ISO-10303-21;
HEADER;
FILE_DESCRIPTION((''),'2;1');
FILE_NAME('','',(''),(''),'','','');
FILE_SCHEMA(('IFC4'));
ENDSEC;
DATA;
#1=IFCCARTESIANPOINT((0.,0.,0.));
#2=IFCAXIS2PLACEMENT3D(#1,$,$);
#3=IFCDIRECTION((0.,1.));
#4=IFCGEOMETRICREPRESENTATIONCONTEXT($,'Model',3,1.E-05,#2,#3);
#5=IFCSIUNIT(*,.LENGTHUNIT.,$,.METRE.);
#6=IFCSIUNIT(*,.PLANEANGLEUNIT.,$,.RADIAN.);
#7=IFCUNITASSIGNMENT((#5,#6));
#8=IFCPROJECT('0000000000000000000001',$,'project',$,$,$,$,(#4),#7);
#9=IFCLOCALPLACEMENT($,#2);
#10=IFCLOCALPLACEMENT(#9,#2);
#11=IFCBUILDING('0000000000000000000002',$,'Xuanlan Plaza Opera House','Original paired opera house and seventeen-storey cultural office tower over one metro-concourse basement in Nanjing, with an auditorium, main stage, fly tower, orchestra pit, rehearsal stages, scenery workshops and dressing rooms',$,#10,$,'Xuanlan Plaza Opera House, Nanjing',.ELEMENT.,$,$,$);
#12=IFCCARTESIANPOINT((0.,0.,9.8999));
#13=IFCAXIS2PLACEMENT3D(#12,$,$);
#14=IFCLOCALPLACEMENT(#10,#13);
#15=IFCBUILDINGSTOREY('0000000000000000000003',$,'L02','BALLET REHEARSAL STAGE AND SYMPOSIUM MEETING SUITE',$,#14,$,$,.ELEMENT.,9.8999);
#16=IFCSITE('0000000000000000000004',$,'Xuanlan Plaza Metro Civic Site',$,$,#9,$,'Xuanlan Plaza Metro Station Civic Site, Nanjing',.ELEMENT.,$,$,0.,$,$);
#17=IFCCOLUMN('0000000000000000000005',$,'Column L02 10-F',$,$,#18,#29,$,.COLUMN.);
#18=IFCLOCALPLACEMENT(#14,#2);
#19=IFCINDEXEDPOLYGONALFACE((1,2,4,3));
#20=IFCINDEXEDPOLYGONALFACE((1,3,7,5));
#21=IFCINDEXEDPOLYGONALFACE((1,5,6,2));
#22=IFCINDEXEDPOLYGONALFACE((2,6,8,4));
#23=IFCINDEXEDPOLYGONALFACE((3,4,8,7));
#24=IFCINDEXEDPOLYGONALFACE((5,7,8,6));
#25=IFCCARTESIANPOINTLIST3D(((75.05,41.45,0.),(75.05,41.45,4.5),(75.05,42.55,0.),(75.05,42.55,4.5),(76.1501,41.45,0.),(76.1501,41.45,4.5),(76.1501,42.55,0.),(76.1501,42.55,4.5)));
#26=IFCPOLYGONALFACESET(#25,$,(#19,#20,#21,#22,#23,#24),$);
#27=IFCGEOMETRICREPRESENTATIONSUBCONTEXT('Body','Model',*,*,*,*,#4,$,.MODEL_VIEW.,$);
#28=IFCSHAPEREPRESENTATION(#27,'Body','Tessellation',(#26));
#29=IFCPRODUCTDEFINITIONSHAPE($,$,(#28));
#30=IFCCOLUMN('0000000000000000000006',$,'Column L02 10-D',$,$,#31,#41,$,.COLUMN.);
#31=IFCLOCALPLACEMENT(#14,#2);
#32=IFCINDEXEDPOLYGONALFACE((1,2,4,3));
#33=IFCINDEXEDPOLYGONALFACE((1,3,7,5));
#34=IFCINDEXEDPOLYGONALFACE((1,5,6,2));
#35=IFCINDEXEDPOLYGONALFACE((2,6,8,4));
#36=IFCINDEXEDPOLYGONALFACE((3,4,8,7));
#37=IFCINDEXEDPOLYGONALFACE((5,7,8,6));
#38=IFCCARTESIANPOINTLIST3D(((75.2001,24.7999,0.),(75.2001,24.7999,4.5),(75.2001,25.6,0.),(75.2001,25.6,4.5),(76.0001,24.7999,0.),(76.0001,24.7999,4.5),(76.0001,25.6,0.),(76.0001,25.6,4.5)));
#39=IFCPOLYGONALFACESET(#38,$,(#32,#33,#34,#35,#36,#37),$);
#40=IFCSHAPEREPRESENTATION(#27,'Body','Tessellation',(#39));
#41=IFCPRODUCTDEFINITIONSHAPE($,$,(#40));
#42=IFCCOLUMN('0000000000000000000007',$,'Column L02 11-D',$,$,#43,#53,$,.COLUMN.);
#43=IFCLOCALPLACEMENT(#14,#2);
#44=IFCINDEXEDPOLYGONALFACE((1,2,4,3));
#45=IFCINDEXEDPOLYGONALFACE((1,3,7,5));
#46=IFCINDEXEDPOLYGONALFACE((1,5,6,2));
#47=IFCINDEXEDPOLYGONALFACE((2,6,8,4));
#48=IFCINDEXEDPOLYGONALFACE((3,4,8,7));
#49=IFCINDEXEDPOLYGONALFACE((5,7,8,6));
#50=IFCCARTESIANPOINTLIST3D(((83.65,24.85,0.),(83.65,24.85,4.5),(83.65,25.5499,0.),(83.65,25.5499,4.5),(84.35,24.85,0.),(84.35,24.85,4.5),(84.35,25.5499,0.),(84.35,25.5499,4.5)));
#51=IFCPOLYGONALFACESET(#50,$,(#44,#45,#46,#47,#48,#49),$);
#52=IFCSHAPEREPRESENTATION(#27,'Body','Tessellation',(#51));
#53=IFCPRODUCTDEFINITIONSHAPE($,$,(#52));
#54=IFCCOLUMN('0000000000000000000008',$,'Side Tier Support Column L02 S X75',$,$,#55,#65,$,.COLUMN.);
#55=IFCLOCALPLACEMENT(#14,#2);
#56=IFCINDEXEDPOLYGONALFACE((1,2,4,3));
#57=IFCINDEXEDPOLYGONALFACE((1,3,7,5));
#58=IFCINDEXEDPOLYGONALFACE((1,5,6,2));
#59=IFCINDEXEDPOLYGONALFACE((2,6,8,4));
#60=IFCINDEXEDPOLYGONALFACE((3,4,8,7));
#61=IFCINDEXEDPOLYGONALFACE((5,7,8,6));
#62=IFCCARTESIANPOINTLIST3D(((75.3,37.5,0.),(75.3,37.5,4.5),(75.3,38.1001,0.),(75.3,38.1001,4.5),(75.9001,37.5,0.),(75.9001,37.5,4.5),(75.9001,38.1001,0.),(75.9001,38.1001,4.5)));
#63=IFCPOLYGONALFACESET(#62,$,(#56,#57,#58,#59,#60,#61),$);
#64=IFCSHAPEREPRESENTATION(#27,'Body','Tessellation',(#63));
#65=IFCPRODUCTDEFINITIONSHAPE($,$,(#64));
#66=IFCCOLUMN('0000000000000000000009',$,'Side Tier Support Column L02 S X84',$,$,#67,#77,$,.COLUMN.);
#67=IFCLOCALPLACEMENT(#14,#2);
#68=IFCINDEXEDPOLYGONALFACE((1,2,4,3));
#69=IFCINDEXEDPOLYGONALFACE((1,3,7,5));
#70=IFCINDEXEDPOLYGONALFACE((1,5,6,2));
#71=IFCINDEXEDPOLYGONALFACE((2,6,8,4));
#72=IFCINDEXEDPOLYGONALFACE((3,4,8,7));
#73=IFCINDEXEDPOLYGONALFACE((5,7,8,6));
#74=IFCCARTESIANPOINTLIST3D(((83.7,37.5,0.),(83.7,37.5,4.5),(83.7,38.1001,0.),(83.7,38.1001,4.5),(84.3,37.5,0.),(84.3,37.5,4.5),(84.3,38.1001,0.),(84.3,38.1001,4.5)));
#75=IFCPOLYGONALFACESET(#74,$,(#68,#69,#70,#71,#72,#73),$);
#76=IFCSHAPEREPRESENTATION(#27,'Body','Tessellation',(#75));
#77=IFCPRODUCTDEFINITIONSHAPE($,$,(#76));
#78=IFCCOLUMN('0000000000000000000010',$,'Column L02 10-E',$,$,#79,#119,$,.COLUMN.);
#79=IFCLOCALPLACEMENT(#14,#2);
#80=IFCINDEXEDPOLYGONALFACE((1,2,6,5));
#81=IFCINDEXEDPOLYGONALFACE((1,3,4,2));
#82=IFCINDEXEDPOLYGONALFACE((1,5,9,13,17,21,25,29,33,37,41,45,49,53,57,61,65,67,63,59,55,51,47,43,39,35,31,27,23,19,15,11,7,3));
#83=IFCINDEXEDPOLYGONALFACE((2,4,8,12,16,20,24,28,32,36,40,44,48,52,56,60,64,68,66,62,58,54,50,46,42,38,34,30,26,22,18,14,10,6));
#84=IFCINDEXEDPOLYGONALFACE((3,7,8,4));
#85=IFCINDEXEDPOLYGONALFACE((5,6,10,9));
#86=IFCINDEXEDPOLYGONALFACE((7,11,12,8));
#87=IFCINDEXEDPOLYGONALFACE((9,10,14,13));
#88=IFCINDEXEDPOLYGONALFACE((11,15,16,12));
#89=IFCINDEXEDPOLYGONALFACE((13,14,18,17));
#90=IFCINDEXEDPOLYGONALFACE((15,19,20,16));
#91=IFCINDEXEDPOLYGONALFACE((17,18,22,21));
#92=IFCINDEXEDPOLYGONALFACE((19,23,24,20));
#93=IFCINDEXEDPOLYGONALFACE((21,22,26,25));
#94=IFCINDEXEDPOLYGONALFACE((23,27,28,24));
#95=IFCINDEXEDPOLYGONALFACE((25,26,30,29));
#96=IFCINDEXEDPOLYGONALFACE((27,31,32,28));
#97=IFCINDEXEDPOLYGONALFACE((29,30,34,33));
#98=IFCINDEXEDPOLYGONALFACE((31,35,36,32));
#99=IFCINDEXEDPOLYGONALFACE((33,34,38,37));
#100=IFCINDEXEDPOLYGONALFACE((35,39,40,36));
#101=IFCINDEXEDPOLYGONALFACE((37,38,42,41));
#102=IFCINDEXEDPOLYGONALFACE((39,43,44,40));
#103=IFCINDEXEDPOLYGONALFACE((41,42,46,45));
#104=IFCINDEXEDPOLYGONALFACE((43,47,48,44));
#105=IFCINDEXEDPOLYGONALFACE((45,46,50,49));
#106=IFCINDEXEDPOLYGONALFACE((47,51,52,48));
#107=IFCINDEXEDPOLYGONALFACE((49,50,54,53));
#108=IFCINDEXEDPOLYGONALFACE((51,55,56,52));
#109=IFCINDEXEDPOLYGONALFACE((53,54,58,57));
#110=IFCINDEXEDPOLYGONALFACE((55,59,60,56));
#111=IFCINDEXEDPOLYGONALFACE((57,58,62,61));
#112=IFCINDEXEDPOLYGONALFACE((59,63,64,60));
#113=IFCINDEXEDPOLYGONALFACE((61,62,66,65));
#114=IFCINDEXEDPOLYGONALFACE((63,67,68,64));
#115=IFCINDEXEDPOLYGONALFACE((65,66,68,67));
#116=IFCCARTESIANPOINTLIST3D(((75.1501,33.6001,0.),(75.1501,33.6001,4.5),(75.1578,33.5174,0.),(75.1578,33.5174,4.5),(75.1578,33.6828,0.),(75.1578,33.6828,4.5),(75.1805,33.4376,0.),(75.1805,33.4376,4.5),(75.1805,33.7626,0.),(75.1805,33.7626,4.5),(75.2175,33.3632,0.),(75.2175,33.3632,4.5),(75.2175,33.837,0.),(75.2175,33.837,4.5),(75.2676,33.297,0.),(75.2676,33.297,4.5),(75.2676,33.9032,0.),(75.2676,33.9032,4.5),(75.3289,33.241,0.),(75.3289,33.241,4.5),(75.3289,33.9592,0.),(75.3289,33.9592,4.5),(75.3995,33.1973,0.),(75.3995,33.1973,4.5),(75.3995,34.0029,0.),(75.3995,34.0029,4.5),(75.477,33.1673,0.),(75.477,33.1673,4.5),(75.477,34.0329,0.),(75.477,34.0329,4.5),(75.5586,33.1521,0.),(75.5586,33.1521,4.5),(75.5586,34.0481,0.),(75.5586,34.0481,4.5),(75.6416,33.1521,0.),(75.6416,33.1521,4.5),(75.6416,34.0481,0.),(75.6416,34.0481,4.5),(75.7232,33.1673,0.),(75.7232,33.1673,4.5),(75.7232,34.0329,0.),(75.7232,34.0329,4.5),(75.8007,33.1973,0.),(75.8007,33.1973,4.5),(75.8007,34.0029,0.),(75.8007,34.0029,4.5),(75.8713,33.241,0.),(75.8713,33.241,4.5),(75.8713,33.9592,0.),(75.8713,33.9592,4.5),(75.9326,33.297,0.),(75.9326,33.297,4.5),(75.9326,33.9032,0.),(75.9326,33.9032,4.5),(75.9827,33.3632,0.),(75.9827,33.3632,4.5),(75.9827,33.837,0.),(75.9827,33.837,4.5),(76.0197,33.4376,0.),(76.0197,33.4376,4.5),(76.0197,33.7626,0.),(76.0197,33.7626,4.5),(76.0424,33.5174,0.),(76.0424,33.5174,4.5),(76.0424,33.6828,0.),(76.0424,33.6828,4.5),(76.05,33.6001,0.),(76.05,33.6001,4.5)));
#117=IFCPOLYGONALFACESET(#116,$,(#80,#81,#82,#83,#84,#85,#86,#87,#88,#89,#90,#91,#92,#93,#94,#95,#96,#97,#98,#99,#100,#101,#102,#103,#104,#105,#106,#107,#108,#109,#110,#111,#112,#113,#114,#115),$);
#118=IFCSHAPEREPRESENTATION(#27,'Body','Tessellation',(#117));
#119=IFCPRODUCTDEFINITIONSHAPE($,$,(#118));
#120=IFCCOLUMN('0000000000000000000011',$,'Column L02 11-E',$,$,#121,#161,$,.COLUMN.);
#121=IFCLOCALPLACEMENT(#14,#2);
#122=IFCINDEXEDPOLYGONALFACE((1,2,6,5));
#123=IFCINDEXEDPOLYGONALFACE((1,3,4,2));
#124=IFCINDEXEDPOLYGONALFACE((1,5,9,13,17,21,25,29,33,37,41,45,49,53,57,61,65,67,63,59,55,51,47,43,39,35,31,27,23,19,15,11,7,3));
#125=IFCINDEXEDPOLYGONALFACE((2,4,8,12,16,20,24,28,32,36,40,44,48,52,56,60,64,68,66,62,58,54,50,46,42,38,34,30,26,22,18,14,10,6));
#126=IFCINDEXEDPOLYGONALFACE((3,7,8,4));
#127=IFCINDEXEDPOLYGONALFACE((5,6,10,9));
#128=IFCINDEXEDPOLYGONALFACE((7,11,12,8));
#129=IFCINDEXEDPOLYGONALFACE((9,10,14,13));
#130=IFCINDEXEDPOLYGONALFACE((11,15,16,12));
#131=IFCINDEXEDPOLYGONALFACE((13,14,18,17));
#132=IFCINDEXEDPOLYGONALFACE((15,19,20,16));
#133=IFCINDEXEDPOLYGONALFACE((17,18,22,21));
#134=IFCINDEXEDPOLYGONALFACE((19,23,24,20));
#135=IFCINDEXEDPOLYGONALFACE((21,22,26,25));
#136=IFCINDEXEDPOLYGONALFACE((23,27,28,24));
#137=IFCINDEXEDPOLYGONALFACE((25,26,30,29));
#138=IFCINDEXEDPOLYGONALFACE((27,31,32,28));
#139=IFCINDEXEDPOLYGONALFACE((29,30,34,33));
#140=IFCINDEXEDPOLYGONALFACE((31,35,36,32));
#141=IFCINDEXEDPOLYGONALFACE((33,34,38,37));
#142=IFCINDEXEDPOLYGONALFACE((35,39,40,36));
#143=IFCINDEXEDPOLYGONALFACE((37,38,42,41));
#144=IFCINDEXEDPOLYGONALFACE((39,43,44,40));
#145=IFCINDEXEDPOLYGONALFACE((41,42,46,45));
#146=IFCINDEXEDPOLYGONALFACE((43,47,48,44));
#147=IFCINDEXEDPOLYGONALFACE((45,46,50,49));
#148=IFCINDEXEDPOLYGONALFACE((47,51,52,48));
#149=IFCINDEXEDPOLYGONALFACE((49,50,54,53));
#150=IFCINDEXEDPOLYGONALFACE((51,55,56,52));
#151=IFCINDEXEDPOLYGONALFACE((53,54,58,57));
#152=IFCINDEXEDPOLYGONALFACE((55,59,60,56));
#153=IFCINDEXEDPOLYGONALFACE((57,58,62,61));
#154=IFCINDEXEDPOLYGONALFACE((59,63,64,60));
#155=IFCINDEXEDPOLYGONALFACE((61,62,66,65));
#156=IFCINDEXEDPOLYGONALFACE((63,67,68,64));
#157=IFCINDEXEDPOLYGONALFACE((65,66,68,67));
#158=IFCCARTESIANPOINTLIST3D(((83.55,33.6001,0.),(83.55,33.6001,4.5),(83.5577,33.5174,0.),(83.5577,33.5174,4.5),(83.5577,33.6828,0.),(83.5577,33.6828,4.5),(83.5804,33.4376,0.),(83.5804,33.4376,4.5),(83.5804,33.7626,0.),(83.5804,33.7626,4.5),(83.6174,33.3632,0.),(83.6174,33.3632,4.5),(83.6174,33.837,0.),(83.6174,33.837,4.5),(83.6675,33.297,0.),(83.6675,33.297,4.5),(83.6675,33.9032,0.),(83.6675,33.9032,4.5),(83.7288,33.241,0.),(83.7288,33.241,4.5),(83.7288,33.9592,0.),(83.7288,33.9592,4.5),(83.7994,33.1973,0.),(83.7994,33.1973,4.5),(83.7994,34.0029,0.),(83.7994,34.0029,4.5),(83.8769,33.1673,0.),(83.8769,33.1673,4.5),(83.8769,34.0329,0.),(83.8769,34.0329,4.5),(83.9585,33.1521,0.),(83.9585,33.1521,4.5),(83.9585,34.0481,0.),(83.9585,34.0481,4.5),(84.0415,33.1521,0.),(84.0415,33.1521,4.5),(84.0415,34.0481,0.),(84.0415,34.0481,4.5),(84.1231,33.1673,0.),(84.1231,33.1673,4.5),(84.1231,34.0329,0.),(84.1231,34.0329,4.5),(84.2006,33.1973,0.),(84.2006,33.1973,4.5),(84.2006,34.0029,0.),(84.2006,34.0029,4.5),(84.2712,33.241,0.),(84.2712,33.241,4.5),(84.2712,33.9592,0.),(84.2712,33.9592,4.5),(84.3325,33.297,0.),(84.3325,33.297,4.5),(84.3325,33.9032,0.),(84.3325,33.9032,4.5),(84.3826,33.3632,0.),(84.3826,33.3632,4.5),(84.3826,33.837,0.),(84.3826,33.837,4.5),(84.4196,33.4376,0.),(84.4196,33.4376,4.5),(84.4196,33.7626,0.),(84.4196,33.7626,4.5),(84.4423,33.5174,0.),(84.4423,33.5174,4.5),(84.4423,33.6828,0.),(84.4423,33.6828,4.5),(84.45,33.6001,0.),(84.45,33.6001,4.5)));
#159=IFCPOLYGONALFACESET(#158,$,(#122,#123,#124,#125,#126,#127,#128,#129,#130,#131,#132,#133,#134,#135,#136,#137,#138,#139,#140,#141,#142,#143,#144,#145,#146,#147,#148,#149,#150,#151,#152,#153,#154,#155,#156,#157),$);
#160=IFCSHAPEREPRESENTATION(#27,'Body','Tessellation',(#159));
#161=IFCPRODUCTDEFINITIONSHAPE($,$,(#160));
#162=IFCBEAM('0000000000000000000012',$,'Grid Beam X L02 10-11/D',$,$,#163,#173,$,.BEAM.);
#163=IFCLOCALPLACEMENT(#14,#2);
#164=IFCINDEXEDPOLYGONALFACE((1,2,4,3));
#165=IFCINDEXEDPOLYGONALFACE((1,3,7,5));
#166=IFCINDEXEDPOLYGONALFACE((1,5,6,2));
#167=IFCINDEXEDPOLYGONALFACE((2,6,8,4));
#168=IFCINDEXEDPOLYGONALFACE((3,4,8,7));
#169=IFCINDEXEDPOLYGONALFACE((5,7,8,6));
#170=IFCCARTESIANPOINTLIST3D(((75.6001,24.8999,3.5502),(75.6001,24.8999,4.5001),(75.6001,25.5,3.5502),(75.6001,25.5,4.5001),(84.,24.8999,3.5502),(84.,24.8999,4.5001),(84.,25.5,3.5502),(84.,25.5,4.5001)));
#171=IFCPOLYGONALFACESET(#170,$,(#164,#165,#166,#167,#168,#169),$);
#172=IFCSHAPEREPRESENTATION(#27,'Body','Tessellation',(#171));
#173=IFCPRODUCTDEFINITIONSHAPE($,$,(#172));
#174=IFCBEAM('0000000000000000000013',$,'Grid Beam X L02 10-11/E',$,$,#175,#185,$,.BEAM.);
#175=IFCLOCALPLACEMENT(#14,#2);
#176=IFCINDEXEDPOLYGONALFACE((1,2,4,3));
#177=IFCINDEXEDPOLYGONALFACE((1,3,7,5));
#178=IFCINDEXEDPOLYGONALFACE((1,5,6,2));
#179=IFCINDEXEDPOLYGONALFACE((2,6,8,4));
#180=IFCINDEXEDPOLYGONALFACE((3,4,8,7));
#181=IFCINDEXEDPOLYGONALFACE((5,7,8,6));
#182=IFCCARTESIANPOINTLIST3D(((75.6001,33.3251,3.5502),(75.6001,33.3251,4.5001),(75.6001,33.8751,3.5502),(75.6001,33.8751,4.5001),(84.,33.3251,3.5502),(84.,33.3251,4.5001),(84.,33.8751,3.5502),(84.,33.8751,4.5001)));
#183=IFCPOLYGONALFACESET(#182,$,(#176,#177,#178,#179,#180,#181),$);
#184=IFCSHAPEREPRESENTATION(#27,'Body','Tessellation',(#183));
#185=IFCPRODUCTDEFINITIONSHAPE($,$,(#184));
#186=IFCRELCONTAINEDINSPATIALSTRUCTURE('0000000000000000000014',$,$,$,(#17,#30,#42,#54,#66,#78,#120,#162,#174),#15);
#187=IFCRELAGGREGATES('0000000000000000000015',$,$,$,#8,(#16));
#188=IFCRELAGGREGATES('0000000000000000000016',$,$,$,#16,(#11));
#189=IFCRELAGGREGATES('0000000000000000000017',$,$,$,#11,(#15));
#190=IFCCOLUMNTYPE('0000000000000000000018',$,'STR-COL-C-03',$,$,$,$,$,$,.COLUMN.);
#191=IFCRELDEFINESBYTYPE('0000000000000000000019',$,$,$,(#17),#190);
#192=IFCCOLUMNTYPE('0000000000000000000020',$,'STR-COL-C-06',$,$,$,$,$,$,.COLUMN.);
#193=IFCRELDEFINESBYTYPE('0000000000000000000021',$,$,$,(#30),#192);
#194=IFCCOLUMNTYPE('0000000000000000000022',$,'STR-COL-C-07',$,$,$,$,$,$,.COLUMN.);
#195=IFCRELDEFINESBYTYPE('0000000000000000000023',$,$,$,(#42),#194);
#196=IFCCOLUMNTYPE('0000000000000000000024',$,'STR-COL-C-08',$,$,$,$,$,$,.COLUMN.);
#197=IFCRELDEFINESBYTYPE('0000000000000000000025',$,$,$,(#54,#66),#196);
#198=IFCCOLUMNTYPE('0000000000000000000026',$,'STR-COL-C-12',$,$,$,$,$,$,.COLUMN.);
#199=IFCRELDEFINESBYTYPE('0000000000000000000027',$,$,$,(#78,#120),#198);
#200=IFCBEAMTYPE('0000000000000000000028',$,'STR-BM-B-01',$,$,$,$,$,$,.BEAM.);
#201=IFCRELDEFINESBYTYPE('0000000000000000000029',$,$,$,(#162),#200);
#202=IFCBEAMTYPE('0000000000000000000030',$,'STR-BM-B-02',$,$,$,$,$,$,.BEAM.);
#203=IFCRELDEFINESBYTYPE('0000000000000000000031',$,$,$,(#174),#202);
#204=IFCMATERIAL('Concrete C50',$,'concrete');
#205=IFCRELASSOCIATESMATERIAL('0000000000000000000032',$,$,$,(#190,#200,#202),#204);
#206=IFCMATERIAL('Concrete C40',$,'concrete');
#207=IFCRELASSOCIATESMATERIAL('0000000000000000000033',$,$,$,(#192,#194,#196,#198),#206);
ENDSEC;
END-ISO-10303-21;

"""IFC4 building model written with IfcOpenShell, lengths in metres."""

from ifc_helpers import new_model, si_unit, direction, frame, origin, origin_2d, place, context, subcontext, project, spatial, rectangle, circle, extrude, material, material_profile, profile_set, type_object, element, save


model = new_model("IFC4")

# Units and contexts
model_context = context("Model", 3, precision=1e-05, world=origin(), true_north=direction((0.0, 1.0)))
body_context = subcontext(model_context, "Body", "Model", "MODEL_VIEW")
ifc_project = project(units=[si_unit("LENGTHUNIT", "METRE"), si_unit("PLANEANGLEUNIT", "RADIAN")], contexts=[model_context])

# Site, building, storey
site_placement = place(None, origin())
site = spatial("IfcSite", under=ifc_project, at=site_placement, Name="Xuanlan Plaza Metro Civic Site", LongName="Xuanlan Plaza Metro Station Civic Site, Nanjing", CompositionType="ELEMENT", RefElevation=0.0)
building_placement = place(site_placement, origin())
building = spatial("IfcBuilding", under=site, at=building_placement, Name="Xuanlan Plaza Opera House", Description="Original paired opera house and seventeen-storey cultural office tower over one metro-concourse basement in Nanjing, with an auditorium, main stage, fly tower, orchestra pit, rehearsal stages, scenery workshops and dressing rooms", LongName="Xuanlan Plaza Opera House, Nanjing", CompositionType="ELEMENT")
storey_placement = place(building_placement, frame((0.0, 0.0, 9.8999)))
storey = spatial("IfcBuildingStorey", under=building, at=storey_placement, Name="L02", Description="BALLET REHEARSAL STAGE AND SYMPOSIUM MEETING SUITE", CompositionType="ELEMENT", Elevation=9.8999)

# Columns
ifc_material_1 = material(Name="Concrete C50", Category="concrete")
ifc_material_profile_1 = material_profile(ifc_material_1, rectangle(XDim=1.1001, YDim=1.1001, at=origin_2d()), Name="RC-COL 1100x1100")
ifc_profile_set_1 = profile_set([ifc_material_profile_1], Name="Concrete C50")
column_type_1 = type_object("IfcColumnType", Name="STR-COL-C-03", PredefinedType="COLUMN", material=ifc_profile_set_1)
column_1_placement = place(storey_placement, frame((75.6001, 42.0, 0.0), z_axis=(0.0, 0.0, 1.0), x_axis=(1.0, 0.0, 0.0)))
element("IfcColumn", 1, at=column_1_placement, inside=storey, type_object=column_type_1, Name="Column L02 10-F", PredefinedType="COLUMN", context=body_context, shape_type="SweptSolid", body=[
    extrude(rectangle(XDim=1.1001, YDim=1.1001, at=origin_2d()), origin(), (0.0, 0.0, 1.0), 4.5),
])
ifc_material_2 = material(Name="Concrete C40", Category="concrete")
ifc_material_profile_2 = material_profile(ifc_material_2, rectangle(XDim=0.8, YDim=0.8, at=origin_2d()), Name="RC-COL 800x800")
ifc_profile_set_2 = profile_set([ifc_material_profile_2], Name="Concrete C40")
column_type_2 = type_object("IfcColumnType", Name="STR-COL-C-06", PredefinedType="COLUMN", material=ifc_profile_set_2)
column_2_placement = place(storey_placement, frame((75.6001, 25.2, 0.0), z_axis=(0.0, 0.0, 1.0), x_axis=(1.0, 0.0, 0.0)))
element("IfcColumn", 2, at=column_2_placement, inside=storey, type_object=column_type_2, Name="Column L02 10-D", PredefinedType="COLUMN", context=body_context, shape_type="SweptSolid", body=[
    extrude(rectangle(XDim=0.8, YDim=0.8, at=origin_2d()), origin(), (0.0, 0.0, 1.0), 4.5),
])
ifc_material_profile_3 = material_profile(ifc_material_2, rectangle(XDim=0.7, YDim=0.7, at=origin_2d()), Name="RC-COL 700x700")
ifc_profile_set_3 = profile_set([ifc_material_profile_3], Name="Concrete C40")
column_type_3 = type_object("IfcColumnType", Name="STR-COL-C-07", PredefinedType="COLUMN", material=ifc_profile_set_3)
column_3_placement = place(storey_placement, frame((84.0, 25.2, 0.0), z_axis=(0.0, 0.0, 1.0), x_axis=(1.0, 0.0, 0.0)))
element("IfcColumn", 3, at=column_3_placement, inside=storey, type_object=column_type_3, Name="Column L02 11-D", PredefinedType="COLUMN", context=body_context, shape_type="SweptSolid", body=[
    extrude(rectangle(XDim=0.7, YDim=0.7, at=origin_2d()), origin(), (0.0, 0.0, 1.0), 4.5),
])
ifc_material_profile_4 = material_profile(ifc_material_2, rectangle(XDim=0.6001, YDim=0.6001, at=origin_2d()), Name="RC-COL 600x600")
ifc_profile_set_4 = profile_set([ifc_material_profile_4], Name="Concrete C40")
column_type_4 = type_object("IfcColumnType", Name="STR-COL-C-08", PredefinedType="COLUMN", material=ifc_profile_set_4)
for number, where, z_axis, x_axis, name in (
    (4, (75.6001, 37.8, 0.0), (0.0, 0.0, 1.0), (1.0, 0.0, 0.0), "Side Tier Support Column L02 S X75"),
    (5, (84.0, 37.8, 0.0), (0.0, 0.0, 1.0), (1.0, 0.0, 0.0), "Side Tier Support Column L02 S X84"),
):
    element("IfcColumn", number, at=place(storey_placement, frame(where, z_axis=z_axis, x_axis=x_axis)), inside=storey, type_object=column_type_4, Name=name, PredefinedType="COLUMN", context=body_context, shape_type="SweptSolid", body=[
        extrude(rectangle(XDim=0.6001, YDim=0.6001, at=origin_2d()), origin(), (0.0, 0.0, 1.0), 4.5),
    ])
ifc_material_profile_5 = material_profile(ifc_material_2, circle(Radius=0.45, at=origin_2d()), Name="RC-COL D900")
ifc_profile_set_5 = profile_set([ifc_material_profile_5], Name="Concrete C40")
column_type_5 = type_object("IfcColumnType", Name="STR-COL-C-12", PredefinedType="COLUMN", material=ifc_profile_set_5)
for number, where, z_axis, x_axis, name in (
    (6, (75.6001, 33.6001, 0.0), (0.0, 0.0, 1.0), (1.0, 0.0, 0.0), "Column L02 10-E"),
    (7, (84.0, 33.6001, 0.0), (0.0, 0.0, 1.0), (1.0, 0.0, 0.0), "Column L02 11-E"),
):
    element("IfcColumn", number, at=place(storey_placement, frame(where, z_axis=z_axis, x_axis=x_axis)), inside=storey, type_object=column_type_5, Name=name, PredefinedType="COLUMN", context=body_context, shape_type="SweptSolid", body=[
        extrude(circle(Radius=0.45, at=origin_2d()), origin(), (0.0, 0.0, 1.0), 4.5),
    ])

# Beams
ifc_material_profile_6 = material_profile(ifc_material_1, rectangle(XDim=0.6001, YDim=0.95, at=origin_2d()), Name="RC-BM 600x950")
ifc_profile_set_6 = profile_set([ifc_material_profile_6], Name="Concrete C50")
beam_type_1 = type_object("IfcBeamType", Name="STR-BM-B-01", PredefinedType="BEAM", material=ifc_profile_set_6)
beam_1_placement = place(storey_placement, frame((75.6001, 25.2, 4.0251), z_axis=(1.0, 0.0, 0.0), x_axis=(0.0, 1.0, 0.0)))
element("IfcBeam", 8, at=beam_1_placement, inside=storey, type_object=beam_type_1, Name="Grid Beam X L02 10-11/D", PredefinedType="BEAM", context=body_context, shape_type="SweptSolid", body=[
    extrude(rectangle(XDim=0.6001, YDim=0.95, at=origin_2d()), origin(), (0.0, 0.0, 1.0), 8.3999),
])
ifc_material_profile_7 = material_profile(ifc_material_1, rectangle(XDim=0.55, YDim=0.95, at=origin_2d()), Name="RC-BM 550x950")
ifc_profile_set_7 = profile_set([ifc_material_profile_7], Name="Concrete C50")
beam_type_2 = type_object("IfcBeamType", Name="STR-BM-B-02", PredefinedType="BEAM", material=ifc_profile_set_7)
beam_2_placement = place(storey_placement, frame((75.6001, 33.6001, 4.0251), z_axis=(1.0, 0.0, 0.0), x_axis=(0.0, 1.0, 0.0)))
element("IfcBeam", 9, at=beam_2_placement, inside=storey, type_object=beam_type_2, Name="Grid Beam X L02 10-11/E", PredefinedType="BEAM", context=body_context, shape_type="SweptSolid", body=[
    extrude(rectangle(XDim=0.55, YDim=0.95, at=origin_2d()), origin(), (0.0, 0.0, 1.0), 8.3999),
])

save(model, "model.ifc")
